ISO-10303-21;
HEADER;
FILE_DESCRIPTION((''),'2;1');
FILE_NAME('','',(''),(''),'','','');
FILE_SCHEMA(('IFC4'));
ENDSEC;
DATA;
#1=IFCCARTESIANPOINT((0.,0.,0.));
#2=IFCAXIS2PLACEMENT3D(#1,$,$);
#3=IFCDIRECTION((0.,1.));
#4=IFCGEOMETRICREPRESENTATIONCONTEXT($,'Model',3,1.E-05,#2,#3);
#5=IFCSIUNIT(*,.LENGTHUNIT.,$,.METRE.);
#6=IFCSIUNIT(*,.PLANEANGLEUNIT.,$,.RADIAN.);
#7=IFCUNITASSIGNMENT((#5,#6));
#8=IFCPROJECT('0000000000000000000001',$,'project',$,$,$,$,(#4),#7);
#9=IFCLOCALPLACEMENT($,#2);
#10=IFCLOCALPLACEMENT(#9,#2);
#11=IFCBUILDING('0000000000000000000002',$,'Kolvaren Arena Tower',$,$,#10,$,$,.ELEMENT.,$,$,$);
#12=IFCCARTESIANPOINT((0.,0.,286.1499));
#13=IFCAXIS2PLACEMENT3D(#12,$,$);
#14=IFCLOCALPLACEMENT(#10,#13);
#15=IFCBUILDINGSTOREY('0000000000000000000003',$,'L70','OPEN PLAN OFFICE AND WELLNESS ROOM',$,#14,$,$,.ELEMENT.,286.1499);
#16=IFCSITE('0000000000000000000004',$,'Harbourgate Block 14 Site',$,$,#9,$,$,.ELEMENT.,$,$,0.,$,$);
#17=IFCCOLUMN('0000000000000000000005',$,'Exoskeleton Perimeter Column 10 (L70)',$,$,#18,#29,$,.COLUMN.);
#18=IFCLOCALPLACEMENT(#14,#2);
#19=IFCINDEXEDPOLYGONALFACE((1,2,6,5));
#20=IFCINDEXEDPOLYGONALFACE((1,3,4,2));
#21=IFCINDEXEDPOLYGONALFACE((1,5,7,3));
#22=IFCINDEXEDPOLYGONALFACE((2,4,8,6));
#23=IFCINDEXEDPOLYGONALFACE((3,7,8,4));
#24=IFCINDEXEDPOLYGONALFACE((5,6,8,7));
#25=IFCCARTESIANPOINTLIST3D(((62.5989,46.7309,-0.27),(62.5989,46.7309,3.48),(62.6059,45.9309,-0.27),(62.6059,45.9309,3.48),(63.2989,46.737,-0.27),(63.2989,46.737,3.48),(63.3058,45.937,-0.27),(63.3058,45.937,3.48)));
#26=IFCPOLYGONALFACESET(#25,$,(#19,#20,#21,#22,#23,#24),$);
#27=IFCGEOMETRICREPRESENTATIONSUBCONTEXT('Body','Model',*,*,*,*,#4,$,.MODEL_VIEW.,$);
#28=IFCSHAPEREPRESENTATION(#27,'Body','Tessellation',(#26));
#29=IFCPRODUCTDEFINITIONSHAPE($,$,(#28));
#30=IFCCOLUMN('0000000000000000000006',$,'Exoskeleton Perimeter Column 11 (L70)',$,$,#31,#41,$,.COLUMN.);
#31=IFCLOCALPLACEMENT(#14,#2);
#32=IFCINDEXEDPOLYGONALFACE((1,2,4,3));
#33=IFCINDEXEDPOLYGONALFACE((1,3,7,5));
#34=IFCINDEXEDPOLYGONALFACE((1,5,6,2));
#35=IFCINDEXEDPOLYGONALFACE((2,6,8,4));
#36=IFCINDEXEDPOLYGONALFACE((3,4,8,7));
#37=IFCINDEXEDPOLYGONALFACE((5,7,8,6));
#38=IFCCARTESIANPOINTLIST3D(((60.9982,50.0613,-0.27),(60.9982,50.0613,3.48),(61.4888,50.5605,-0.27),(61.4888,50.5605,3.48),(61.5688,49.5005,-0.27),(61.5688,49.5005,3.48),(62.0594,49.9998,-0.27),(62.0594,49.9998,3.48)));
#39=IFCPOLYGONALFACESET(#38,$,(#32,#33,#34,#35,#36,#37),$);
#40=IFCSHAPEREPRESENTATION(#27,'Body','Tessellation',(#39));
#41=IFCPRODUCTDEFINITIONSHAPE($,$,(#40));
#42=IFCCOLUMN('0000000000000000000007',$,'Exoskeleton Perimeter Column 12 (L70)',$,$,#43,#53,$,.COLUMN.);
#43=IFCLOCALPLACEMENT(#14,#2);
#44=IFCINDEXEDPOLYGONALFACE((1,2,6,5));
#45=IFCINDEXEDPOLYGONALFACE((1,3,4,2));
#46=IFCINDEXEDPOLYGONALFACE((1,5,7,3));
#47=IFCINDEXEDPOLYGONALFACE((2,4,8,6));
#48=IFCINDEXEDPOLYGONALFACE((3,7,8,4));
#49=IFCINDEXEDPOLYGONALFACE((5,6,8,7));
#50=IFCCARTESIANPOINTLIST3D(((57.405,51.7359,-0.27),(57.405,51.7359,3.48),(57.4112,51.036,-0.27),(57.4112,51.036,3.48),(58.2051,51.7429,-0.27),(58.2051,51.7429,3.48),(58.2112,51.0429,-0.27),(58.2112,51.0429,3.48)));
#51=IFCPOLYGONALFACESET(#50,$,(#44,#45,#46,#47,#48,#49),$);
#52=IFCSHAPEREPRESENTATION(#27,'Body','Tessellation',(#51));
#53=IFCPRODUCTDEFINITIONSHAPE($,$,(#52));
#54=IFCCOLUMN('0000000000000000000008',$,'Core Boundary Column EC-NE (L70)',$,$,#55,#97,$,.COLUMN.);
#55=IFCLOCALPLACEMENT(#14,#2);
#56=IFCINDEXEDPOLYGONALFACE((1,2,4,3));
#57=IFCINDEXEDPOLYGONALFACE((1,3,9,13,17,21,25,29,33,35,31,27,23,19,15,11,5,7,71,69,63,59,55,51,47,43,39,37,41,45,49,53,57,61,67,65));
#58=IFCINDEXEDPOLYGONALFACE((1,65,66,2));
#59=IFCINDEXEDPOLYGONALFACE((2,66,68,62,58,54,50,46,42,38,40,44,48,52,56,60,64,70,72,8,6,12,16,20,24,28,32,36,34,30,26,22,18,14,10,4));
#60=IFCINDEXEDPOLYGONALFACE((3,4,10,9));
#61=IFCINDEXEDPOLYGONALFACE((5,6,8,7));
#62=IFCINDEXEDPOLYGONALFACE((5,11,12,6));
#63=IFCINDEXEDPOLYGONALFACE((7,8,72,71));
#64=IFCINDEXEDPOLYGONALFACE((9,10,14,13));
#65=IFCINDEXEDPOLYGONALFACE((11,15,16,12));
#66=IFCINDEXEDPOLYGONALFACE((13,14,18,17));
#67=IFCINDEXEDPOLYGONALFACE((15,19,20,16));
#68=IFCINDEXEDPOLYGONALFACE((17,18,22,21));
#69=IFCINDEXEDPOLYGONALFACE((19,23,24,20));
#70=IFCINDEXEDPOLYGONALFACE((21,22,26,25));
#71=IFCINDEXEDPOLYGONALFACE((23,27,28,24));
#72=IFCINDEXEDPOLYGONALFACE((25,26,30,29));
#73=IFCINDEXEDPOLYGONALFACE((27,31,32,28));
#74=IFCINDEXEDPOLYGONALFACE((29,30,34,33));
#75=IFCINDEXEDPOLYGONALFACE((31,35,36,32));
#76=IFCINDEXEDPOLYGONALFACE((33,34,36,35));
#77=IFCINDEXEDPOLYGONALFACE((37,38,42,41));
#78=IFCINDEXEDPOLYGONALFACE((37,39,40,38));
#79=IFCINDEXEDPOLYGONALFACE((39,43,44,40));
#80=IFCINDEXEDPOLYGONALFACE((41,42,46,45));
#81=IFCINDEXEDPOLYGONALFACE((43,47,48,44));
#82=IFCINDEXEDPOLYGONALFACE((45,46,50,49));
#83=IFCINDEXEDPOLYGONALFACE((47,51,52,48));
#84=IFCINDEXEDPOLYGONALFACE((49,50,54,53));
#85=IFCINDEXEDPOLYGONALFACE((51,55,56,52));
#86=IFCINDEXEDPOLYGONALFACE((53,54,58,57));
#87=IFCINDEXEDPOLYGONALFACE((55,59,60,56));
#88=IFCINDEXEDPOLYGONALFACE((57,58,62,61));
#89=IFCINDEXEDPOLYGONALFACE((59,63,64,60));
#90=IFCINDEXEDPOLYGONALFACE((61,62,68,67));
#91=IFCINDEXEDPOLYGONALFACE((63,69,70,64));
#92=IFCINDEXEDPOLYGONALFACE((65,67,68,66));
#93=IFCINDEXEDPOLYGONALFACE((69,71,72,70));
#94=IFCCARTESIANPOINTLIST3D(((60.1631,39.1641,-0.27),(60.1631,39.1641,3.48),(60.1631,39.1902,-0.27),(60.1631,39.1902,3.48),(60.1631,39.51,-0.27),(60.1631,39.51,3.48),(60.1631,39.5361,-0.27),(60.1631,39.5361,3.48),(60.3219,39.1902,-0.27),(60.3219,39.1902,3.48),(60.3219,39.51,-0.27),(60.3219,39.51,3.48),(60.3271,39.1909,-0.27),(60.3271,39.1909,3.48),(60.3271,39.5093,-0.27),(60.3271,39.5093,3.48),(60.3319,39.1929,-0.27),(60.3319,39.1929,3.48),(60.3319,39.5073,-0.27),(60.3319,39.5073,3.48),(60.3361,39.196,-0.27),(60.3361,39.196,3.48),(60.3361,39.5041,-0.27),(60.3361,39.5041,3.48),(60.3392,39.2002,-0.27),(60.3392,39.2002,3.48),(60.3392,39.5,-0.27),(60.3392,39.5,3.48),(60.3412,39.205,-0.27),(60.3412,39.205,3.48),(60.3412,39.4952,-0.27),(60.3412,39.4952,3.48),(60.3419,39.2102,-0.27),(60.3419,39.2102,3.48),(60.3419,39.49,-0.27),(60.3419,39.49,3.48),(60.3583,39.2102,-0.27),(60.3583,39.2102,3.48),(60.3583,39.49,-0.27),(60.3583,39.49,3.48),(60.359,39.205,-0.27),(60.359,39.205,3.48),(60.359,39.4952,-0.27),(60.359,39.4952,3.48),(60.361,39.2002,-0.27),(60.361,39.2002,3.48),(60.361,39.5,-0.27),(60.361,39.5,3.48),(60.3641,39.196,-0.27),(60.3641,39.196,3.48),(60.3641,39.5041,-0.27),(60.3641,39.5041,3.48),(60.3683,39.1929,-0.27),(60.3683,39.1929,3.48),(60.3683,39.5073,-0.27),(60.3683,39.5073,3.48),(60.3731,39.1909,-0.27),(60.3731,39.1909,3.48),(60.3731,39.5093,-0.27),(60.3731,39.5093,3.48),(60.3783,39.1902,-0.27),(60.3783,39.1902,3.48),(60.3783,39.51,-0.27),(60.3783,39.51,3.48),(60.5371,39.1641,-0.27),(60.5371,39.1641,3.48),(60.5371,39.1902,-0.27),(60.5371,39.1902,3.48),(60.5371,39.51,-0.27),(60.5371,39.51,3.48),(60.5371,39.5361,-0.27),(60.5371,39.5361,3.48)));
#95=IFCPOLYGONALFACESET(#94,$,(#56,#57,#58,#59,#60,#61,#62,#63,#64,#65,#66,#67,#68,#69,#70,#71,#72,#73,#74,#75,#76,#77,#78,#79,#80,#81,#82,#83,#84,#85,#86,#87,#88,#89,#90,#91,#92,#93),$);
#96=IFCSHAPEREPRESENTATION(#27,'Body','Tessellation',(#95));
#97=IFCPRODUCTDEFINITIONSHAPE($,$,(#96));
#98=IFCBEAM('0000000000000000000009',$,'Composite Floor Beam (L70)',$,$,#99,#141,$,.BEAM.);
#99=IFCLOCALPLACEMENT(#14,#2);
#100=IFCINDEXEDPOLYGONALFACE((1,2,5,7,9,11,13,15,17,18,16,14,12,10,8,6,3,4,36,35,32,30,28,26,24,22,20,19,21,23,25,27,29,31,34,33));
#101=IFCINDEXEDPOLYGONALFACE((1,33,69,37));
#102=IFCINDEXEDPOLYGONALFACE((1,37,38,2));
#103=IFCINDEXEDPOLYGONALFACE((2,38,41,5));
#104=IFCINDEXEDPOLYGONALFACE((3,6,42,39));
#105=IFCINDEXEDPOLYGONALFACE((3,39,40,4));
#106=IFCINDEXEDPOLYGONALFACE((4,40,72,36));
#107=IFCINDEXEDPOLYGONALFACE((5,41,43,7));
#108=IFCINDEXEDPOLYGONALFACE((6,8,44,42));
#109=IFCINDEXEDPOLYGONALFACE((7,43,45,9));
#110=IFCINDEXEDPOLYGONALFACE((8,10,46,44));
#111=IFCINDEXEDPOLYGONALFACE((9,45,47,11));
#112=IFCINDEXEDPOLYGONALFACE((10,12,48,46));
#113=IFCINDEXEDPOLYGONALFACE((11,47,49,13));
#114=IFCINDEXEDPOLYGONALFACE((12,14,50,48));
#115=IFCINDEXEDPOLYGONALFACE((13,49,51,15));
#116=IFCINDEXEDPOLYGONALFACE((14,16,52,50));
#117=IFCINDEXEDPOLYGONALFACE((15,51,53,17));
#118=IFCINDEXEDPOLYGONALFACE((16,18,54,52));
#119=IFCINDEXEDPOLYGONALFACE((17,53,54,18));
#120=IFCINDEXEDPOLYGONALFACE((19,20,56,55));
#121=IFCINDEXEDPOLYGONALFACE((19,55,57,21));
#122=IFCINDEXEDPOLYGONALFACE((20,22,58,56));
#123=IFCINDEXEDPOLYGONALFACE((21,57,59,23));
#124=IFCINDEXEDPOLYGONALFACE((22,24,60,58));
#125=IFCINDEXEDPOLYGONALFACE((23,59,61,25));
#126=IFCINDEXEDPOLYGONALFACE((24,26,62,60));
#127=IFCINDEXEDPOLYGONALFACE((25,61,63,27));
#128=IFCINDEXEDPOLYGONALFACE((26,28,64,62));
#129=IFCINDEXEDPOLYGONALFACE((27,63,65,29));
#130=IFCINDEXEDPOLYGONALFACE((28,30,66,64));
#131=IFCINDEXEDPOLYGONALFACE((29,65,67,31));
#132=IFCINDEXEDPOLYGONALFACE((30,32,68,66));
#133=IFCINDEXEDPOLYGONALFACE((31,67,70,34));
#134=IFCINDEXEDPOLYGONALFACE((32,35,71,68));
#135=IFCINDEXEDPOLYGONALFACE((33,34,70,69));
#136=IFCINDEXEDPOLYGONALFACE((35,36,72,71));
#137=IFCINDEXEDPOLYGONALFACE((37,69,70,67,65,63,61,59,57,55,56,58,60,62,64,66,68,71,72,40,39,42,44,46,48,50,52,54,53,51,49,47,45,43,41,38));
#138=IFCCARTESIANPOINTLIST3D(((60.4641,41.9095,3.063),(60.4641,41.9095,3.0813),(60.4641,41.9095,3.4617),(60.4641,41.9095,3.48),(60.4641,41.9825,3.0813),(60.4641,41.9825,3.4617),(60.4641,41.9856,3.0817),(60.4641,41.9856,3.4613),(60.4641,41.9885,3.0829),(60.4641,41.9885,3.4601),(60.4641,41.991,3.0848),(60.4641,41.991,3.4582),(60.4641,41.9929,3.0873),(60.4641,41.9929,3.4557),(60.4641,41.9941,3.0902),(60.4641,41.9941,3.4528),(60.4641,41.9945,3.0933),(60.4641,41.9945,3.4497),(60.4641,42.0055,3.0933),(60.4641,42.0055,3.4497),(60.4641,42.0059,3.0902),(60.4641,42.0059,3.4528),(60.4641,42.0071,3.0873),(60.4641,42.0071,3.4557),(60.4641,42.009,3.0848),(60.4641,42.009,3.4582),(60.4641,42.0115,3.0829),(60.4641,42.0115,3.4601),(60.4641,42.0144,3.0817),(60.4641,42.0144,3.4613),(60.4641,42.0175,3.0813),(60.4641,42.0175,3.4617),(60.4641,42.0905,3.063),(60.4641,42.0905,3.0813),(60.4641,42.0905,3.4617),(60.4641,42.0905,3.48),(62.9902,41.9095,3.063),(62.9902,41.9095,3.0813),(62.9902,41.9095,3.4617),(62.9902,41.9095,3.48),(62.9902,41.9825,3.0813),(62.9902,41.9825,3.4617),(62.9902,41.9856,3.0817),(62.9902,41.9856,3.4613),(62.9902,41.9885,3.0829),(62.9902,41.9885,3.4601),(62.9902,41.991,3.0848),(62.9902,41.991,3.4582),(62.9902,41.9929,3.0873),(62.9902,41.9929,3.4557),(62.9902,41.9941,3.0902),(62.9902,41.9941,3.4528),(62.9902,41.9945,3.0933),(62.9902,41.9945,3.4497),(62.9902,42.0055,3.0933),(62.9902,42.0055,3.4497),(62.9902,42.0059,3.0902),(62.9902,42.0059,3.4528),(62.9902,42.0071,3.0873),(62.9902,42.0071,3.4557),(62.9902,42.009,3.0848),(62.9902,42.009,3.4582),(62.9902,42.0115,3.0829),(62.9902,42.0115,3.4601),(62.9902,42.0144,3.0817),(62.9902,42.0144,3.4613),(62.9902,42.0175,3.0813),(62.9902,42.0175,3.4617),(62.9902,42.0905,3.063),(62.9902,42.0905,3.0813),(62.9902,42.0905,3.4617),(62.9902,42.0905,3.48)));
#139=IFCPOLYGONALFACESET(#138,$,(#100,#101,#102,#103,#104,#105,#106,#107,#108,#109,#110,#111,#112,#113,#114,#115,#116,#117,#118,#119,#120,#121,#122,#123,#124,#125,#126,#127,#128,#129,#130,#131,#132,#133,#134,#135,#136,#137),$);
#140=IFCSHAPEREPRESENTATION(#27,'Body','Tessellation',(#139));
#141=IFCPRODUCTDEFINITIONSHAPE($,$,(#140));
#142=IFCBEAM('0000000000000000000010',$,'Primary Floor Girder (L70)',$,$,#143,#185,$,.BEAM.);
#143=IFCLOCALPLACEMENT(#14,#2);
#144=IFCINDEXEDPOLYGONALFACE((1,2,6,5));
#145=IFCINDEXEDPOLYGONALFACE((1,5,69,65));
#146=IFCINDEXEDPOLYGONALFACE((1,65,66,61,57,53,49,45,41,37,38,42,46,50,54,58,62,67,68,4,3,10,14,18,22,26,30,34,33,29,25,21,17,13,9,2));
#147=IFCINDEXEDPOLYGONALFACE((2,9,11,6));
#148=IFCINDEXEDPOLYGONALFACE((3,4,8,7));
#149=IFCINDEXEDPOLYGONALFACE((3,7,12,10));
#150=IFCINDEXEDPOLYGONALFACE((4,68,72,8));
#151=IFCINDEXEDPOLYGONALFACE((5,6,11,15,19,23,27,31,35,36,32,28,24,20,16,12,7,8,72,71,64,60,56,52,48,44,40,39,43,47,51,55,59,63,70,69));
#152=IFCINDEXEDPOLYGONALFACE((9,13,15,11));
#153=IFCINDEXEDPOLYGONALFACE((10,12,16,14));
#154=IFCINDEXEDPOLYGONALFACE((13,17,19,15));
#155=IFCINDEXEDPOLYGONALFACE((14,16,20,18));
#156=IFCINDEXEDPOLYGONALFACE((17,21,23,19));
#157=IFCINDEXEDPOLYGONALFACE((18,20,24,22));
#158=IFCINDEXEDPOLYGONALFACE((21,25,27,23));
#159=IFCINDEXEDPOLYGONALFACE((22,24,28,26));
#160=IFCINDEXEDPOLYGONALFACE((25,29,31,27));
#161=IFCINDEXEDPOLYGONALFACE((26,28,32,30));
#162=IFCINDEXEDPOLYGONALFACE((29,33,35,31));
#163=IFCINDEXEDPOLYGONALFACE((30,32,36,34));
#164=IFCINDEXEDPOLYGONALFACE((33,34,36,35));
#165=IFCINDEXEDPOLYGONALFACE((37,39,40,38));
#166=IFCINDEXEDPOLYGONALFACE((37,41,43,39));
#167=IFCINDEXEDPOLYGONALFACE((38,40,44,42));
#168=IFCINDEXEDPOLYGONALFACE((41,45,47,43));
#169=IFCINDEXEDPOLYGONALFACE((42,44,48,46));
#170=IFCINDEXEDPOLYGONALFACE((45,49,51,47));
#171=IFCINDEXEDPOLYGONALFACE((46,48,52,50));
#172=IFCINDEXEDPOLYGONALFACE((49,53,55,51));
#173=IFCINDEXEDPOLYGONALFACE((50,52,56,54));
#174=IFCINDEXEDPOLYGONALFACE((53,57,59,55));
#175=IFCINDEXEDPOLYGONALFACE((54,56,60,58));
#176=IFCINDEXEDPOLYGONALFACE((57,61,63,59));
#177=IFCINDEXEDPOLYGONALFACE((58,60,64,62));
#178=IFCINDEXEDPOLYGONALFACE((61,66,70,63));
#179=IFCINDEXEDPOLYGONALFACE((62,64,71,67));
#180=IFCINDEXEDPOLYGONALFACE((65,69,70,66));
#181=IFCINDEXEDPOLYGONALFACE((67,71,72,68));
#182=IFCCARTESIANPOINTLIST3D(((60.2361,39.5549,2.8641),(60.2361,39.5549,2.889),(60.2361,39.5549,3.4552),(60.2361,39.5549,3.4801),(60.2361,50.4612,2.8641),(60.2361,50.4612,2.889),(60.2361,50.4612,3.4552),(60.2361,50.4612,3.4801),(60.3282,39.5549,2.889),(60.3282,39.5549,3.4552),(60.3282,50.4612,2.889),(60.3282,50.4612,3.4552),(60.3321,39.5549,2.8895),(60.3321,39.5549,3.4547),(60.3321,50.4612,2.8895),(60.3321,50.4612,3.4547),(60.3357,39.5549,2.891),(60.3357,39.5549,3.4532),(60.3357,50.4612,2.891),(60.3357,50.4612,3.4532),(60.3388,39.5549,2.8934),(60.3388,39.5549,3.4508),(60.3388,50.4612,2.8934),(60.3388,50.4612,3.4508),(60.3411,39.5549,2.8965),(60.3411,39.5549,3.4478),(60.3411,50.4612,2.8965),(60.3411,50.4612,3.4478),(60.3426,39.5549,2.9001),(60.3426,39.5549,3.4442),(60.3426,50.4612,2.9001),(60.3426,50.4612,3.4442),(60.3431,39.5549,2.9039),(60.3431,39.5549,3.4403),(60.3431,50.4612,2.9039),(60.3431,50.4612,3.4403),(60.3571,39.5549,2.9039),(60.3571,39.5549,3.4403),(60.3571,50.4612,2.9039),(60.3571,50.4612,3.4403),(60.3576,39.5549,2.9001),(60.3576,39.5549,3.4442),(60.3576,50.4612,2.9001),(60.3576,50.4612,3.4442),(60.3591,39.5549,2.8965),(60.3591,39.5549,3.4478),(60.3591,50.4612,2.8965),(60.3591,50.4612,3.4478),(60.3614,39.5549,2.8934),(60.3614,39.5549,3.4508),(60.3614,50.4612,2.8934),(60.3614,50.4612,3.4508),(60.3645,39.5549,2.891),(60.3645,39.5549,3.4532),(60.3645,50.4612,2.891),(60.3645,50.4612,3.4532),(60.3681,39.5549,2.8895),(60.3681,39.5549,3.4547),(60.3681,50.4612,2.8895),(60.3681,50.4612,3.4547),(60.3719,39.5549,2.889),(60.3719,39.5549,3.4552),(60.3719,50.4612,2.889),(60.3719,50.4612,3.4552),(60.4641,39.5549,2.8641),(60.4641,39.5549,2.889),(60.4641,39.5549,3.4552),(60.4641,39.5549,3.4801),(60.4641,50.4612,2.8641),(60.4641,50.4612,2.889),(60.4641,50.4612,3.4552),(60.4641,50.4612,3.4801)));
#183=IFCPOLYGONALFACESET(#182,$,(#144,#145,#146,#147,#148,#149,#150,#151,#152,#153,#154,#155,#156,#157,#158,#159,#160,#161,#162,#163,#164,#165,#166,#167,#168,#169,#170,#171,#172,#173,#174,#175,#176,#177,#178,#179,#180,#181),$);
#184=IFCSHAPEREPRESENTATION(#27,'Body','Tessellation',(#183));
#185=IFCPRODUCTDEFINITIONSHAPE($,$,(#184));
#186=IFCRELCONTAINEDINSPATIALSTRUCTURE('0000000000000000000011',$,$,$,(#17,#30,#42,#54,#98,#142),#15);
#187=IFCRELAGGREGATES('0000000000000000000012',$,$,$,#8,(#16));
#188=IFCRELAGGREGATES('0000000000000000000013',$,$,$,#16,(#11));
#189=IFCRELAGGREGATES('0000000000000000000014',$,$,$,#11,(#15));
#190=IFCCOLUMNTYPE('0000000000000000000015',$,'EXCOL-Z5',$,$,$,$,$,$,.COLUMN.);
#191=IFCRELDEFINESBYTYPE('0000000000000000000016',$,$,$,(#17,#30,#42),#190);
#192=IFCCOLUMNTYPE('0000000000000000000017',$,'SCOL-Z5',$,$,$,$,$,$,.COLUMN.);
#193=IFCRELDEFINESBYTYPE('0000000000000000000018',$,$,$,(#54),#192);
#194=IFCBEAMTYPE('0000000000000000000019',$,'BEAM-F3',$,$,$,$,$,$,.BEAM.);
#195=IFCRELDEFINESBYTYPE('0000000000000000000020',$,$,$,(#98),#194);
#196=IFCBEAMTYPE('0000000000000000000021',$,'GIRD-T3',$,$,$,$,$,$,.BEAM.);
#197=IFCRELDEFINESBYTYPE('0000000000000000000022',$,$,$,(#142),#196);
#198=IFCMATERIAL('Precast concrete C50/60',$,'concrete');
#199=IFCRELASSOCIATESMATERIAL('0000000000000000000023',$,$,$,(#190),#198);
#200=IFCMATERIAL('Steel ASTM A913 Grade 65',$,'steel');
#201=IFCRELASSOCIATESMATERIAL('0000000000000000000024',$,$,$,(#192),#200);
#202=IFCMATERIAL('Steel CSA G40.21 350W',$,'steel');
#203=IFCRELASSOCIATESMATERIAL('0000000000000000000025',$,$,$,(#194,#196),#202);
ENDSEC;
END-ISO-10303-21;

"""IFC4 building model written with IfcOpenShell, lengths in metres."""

from ifc_helpers import new_model, si_unit, direction, frame, origin, origin_2d, place, context, subcontext, project, spatial, rectangle, i_section, extrude, material, material_profile, profile_set, type_object, element, save


model = new_model("IFC4")

# Units and contexts
model_context = context("Model", 3, precision=1e-05, world=origin(), true_north=direction((0.0, 1.0)))
body_context = subcontext(model_context, "Body", "Model", "MODEL_VIEW")
ifc_project = project(units=[si_unit("LENGTHUNIT", "METRE"), si_unit("PLANEANGLEUNIT", "RADIAN")], contexts=[model_context])

# Site, building, storey
site_placement = place(None, origin())
site = spatial("IfcSite", under=ifc_project, at=site_placement, Name="Harbourgate Block 14 Site", CompositionType="ELEMENT", RefElevation=0.0)
building_placement = place(site_placement, origin())
building = spatial("IfcBuilding", under=site, at=building_placement, Name="Kolvaren Arena Tower", CompositionType="ELEMENT")
storey_placement = place(building_placement, frame((0.0, 0.0, 286.1499)))
storey = spatial("IfcBuildingStorey", under=building, at=storey_placement, Name="L70", Description="OPEN PLAN OFFICE AND WELLNESS ROOM", CompositionType="ELEMENT", Elevation=286.1499)

# Columns
ifc_material_1 = material(Name="Precast concrete C50/60", Category="concrete")
ifc_material_profile_1 = material_profile(ifc_material_1, rectangle(XDim=0.8, YDim=0.7, at=origin_2d()), Name="RC-800x700")
ifc_profile_set_1 = profile_set([ifc_material_profile_1], Name="Precast concrete C50/60")
column_type_1 = type_object("IfcColumnType", Name="EXCOL-Z5", PredefinedType="COLUMN", material=ifc_profile_set_1)
for number, where, z_axis, x_axis, name in (
    (1, (62.9524, 46.334, -0.27), (0.0, 0.0, 1.0), (-0.008727, 0.999962, 0.0), "Exoskeleton Perimeter Column 10 (L70)"),
    (2, (61.5288, 50.0305, -0.27), (0.0, 0.0, 1.0), (-0.71325, 0.700909, 0.0), "Exoskeleton Perimeter Column 11 (L70)"),
    (3, (57.8081, 51.3894, -0.27), (0.0, 0.0, 1.0), (0.999962, 0.008727, 0.0), "Exoskeleton Perimeter Column 12 (L70)"),
):
    element("IfcColumn", number, at=place(storey_placement, frame(where, z_axis=z_axis, x_axis=x_axis)), inside=storey, type_object=column_type_1, Name=name, PredefinedType="COLUMN", context=body_context, shape_type="SweptSolid", body=[
        extrude(rectangle(XDim=0.8, YDim=0.7, at=origin_2d()), origin(), (0.0, 0.0, 1.0), 3.75),
    ])
ifc_material_2 = material(Name="Steel ASTM A913 Grade 65", Category="steel")
ifc_material_profile_2 = material_profile(ifc_material_2, i_section(OverallWidth=0.374, OverallDepth=0.3721, WebThickness=0.0164, FlangeThickness=0.0261, FilletRadius=0.02, at=origin_2d()), Name="W360x196")
ifc_profile_set_2 = profile_set([ifc_material_profile_2], Name="Steel ASTM A913 Grade 65")
column_type_2 = type_object("IfcColumnType", Name="SCOL-Z5", PredefinedType="COLUMN", material=ifc_profile_set_2)
column_placement = place(storey_placement, frame((60.3501, 39.3501, -0.27), z_axis=(0.0, 0.0, 1.0), x_axis=(1.0, 0.0, 0.0)))
element("IfcColumn", 4, at=column_placement, inside=storey, type_object=column_type_2, Name="Core Boundary Column EC-NE (L70)", PredefinedType="COLUMN", context=body_context, shape_type="SweptSolid", body=[
    extrude(i_section(OverallWidth=0.374, OverallDepth=0.3721, WebThickness=0.0164, FlangeThickness=0.0261, FilletRadius=0.02, at=origin_2d()), origin(), (0.0, 0.0, 1.0), 3.75),
])

# Beams
ifc_material_3 = material(Name="Steel CSA G40.21 350W", Category="steel")
ifc_material_profile_3 = material_profile(ifc_material_3, i_section(OverallWidth=0.1809, OverallDepth=0.417, WebThickness=0.011, FlangeThickness=0.0183, FilletRadius=0.012, at=origin_2d()), Name="W410x85")
ifc_profile_set_3 = profile_set([ifc_material_profile_3], Name="Steel CSA G40.21 350W")
beam_type_1 = type_object("IfcBeamType", Name="BEAM-F3", PredefinedType="BEAM", material=ifc_profile_set_3)
beam_1_placement = place(storey_placement, frame((60.4641, 42.0, 3.2715), z_axis=(1.0, 0.0, 0.0), x_axis=(0.0, 1.0, 0.0)))
element("IfcBeam", 5, at=beam_1_placement, inside=storey, type_object=beam_type_1, Name="Composite Floor Beam (L70)", PredefinedType="BEAM", context=body_context, shape_type="SweptSolid", body=[
    extrude(i_section(OverallWidth=0.1809, OverallDepth=0.417, WebThickness=0.011, FlangeThickness=0.0183, FilletRadius=0.012, at=origin_2d()), origin(), (0.0, 0.0, 1.0), 2.5261),
])
ifc_material_profile_4 = material_profile(ifc_material_3, i_section(OverallWidth=0.228, OverallDepth=0.616, WebThickness=0.0139, FlangeThickness=0.0249, FilletRadius=0.0149, at=origin_2d()), Name="W610x174")
ifc_profile_set_4 = profile_set([ifc_material_profile_4], Name="Steel CSA G40.21 350W")
beam_type_2 = type_object("IfcBeamType", Name="GIRD-T3", PredefinedType="BEAM", material=ifc_profile_set_4)
beam_2_placement = place(storey_placement, frame((60.3501, 39.5549, 3.1721), z_axis=(0.0, 1.0, 0.0), x_axis=(-1.0, 0.0, 0.0)))
element("IfcBeam", 6, at=beam_2_placement, inside=storey, type_object=beam_type_2, Name="Primary Floor Girder (L70)", PredefinedType="BEAM", context=body_context, shape_type="SweptSolid", body=[
    extrude(i_section(OverallWidth=0.228, OverallDepth=0.616, WebThickness=0.0139, FlangeThickness=0.0249, FilletRadius=0.0149, at=origin_2d()), origin(), (0.0, 0.0, 1.0), 10.9062),
])

save(model, "model.ifc")
